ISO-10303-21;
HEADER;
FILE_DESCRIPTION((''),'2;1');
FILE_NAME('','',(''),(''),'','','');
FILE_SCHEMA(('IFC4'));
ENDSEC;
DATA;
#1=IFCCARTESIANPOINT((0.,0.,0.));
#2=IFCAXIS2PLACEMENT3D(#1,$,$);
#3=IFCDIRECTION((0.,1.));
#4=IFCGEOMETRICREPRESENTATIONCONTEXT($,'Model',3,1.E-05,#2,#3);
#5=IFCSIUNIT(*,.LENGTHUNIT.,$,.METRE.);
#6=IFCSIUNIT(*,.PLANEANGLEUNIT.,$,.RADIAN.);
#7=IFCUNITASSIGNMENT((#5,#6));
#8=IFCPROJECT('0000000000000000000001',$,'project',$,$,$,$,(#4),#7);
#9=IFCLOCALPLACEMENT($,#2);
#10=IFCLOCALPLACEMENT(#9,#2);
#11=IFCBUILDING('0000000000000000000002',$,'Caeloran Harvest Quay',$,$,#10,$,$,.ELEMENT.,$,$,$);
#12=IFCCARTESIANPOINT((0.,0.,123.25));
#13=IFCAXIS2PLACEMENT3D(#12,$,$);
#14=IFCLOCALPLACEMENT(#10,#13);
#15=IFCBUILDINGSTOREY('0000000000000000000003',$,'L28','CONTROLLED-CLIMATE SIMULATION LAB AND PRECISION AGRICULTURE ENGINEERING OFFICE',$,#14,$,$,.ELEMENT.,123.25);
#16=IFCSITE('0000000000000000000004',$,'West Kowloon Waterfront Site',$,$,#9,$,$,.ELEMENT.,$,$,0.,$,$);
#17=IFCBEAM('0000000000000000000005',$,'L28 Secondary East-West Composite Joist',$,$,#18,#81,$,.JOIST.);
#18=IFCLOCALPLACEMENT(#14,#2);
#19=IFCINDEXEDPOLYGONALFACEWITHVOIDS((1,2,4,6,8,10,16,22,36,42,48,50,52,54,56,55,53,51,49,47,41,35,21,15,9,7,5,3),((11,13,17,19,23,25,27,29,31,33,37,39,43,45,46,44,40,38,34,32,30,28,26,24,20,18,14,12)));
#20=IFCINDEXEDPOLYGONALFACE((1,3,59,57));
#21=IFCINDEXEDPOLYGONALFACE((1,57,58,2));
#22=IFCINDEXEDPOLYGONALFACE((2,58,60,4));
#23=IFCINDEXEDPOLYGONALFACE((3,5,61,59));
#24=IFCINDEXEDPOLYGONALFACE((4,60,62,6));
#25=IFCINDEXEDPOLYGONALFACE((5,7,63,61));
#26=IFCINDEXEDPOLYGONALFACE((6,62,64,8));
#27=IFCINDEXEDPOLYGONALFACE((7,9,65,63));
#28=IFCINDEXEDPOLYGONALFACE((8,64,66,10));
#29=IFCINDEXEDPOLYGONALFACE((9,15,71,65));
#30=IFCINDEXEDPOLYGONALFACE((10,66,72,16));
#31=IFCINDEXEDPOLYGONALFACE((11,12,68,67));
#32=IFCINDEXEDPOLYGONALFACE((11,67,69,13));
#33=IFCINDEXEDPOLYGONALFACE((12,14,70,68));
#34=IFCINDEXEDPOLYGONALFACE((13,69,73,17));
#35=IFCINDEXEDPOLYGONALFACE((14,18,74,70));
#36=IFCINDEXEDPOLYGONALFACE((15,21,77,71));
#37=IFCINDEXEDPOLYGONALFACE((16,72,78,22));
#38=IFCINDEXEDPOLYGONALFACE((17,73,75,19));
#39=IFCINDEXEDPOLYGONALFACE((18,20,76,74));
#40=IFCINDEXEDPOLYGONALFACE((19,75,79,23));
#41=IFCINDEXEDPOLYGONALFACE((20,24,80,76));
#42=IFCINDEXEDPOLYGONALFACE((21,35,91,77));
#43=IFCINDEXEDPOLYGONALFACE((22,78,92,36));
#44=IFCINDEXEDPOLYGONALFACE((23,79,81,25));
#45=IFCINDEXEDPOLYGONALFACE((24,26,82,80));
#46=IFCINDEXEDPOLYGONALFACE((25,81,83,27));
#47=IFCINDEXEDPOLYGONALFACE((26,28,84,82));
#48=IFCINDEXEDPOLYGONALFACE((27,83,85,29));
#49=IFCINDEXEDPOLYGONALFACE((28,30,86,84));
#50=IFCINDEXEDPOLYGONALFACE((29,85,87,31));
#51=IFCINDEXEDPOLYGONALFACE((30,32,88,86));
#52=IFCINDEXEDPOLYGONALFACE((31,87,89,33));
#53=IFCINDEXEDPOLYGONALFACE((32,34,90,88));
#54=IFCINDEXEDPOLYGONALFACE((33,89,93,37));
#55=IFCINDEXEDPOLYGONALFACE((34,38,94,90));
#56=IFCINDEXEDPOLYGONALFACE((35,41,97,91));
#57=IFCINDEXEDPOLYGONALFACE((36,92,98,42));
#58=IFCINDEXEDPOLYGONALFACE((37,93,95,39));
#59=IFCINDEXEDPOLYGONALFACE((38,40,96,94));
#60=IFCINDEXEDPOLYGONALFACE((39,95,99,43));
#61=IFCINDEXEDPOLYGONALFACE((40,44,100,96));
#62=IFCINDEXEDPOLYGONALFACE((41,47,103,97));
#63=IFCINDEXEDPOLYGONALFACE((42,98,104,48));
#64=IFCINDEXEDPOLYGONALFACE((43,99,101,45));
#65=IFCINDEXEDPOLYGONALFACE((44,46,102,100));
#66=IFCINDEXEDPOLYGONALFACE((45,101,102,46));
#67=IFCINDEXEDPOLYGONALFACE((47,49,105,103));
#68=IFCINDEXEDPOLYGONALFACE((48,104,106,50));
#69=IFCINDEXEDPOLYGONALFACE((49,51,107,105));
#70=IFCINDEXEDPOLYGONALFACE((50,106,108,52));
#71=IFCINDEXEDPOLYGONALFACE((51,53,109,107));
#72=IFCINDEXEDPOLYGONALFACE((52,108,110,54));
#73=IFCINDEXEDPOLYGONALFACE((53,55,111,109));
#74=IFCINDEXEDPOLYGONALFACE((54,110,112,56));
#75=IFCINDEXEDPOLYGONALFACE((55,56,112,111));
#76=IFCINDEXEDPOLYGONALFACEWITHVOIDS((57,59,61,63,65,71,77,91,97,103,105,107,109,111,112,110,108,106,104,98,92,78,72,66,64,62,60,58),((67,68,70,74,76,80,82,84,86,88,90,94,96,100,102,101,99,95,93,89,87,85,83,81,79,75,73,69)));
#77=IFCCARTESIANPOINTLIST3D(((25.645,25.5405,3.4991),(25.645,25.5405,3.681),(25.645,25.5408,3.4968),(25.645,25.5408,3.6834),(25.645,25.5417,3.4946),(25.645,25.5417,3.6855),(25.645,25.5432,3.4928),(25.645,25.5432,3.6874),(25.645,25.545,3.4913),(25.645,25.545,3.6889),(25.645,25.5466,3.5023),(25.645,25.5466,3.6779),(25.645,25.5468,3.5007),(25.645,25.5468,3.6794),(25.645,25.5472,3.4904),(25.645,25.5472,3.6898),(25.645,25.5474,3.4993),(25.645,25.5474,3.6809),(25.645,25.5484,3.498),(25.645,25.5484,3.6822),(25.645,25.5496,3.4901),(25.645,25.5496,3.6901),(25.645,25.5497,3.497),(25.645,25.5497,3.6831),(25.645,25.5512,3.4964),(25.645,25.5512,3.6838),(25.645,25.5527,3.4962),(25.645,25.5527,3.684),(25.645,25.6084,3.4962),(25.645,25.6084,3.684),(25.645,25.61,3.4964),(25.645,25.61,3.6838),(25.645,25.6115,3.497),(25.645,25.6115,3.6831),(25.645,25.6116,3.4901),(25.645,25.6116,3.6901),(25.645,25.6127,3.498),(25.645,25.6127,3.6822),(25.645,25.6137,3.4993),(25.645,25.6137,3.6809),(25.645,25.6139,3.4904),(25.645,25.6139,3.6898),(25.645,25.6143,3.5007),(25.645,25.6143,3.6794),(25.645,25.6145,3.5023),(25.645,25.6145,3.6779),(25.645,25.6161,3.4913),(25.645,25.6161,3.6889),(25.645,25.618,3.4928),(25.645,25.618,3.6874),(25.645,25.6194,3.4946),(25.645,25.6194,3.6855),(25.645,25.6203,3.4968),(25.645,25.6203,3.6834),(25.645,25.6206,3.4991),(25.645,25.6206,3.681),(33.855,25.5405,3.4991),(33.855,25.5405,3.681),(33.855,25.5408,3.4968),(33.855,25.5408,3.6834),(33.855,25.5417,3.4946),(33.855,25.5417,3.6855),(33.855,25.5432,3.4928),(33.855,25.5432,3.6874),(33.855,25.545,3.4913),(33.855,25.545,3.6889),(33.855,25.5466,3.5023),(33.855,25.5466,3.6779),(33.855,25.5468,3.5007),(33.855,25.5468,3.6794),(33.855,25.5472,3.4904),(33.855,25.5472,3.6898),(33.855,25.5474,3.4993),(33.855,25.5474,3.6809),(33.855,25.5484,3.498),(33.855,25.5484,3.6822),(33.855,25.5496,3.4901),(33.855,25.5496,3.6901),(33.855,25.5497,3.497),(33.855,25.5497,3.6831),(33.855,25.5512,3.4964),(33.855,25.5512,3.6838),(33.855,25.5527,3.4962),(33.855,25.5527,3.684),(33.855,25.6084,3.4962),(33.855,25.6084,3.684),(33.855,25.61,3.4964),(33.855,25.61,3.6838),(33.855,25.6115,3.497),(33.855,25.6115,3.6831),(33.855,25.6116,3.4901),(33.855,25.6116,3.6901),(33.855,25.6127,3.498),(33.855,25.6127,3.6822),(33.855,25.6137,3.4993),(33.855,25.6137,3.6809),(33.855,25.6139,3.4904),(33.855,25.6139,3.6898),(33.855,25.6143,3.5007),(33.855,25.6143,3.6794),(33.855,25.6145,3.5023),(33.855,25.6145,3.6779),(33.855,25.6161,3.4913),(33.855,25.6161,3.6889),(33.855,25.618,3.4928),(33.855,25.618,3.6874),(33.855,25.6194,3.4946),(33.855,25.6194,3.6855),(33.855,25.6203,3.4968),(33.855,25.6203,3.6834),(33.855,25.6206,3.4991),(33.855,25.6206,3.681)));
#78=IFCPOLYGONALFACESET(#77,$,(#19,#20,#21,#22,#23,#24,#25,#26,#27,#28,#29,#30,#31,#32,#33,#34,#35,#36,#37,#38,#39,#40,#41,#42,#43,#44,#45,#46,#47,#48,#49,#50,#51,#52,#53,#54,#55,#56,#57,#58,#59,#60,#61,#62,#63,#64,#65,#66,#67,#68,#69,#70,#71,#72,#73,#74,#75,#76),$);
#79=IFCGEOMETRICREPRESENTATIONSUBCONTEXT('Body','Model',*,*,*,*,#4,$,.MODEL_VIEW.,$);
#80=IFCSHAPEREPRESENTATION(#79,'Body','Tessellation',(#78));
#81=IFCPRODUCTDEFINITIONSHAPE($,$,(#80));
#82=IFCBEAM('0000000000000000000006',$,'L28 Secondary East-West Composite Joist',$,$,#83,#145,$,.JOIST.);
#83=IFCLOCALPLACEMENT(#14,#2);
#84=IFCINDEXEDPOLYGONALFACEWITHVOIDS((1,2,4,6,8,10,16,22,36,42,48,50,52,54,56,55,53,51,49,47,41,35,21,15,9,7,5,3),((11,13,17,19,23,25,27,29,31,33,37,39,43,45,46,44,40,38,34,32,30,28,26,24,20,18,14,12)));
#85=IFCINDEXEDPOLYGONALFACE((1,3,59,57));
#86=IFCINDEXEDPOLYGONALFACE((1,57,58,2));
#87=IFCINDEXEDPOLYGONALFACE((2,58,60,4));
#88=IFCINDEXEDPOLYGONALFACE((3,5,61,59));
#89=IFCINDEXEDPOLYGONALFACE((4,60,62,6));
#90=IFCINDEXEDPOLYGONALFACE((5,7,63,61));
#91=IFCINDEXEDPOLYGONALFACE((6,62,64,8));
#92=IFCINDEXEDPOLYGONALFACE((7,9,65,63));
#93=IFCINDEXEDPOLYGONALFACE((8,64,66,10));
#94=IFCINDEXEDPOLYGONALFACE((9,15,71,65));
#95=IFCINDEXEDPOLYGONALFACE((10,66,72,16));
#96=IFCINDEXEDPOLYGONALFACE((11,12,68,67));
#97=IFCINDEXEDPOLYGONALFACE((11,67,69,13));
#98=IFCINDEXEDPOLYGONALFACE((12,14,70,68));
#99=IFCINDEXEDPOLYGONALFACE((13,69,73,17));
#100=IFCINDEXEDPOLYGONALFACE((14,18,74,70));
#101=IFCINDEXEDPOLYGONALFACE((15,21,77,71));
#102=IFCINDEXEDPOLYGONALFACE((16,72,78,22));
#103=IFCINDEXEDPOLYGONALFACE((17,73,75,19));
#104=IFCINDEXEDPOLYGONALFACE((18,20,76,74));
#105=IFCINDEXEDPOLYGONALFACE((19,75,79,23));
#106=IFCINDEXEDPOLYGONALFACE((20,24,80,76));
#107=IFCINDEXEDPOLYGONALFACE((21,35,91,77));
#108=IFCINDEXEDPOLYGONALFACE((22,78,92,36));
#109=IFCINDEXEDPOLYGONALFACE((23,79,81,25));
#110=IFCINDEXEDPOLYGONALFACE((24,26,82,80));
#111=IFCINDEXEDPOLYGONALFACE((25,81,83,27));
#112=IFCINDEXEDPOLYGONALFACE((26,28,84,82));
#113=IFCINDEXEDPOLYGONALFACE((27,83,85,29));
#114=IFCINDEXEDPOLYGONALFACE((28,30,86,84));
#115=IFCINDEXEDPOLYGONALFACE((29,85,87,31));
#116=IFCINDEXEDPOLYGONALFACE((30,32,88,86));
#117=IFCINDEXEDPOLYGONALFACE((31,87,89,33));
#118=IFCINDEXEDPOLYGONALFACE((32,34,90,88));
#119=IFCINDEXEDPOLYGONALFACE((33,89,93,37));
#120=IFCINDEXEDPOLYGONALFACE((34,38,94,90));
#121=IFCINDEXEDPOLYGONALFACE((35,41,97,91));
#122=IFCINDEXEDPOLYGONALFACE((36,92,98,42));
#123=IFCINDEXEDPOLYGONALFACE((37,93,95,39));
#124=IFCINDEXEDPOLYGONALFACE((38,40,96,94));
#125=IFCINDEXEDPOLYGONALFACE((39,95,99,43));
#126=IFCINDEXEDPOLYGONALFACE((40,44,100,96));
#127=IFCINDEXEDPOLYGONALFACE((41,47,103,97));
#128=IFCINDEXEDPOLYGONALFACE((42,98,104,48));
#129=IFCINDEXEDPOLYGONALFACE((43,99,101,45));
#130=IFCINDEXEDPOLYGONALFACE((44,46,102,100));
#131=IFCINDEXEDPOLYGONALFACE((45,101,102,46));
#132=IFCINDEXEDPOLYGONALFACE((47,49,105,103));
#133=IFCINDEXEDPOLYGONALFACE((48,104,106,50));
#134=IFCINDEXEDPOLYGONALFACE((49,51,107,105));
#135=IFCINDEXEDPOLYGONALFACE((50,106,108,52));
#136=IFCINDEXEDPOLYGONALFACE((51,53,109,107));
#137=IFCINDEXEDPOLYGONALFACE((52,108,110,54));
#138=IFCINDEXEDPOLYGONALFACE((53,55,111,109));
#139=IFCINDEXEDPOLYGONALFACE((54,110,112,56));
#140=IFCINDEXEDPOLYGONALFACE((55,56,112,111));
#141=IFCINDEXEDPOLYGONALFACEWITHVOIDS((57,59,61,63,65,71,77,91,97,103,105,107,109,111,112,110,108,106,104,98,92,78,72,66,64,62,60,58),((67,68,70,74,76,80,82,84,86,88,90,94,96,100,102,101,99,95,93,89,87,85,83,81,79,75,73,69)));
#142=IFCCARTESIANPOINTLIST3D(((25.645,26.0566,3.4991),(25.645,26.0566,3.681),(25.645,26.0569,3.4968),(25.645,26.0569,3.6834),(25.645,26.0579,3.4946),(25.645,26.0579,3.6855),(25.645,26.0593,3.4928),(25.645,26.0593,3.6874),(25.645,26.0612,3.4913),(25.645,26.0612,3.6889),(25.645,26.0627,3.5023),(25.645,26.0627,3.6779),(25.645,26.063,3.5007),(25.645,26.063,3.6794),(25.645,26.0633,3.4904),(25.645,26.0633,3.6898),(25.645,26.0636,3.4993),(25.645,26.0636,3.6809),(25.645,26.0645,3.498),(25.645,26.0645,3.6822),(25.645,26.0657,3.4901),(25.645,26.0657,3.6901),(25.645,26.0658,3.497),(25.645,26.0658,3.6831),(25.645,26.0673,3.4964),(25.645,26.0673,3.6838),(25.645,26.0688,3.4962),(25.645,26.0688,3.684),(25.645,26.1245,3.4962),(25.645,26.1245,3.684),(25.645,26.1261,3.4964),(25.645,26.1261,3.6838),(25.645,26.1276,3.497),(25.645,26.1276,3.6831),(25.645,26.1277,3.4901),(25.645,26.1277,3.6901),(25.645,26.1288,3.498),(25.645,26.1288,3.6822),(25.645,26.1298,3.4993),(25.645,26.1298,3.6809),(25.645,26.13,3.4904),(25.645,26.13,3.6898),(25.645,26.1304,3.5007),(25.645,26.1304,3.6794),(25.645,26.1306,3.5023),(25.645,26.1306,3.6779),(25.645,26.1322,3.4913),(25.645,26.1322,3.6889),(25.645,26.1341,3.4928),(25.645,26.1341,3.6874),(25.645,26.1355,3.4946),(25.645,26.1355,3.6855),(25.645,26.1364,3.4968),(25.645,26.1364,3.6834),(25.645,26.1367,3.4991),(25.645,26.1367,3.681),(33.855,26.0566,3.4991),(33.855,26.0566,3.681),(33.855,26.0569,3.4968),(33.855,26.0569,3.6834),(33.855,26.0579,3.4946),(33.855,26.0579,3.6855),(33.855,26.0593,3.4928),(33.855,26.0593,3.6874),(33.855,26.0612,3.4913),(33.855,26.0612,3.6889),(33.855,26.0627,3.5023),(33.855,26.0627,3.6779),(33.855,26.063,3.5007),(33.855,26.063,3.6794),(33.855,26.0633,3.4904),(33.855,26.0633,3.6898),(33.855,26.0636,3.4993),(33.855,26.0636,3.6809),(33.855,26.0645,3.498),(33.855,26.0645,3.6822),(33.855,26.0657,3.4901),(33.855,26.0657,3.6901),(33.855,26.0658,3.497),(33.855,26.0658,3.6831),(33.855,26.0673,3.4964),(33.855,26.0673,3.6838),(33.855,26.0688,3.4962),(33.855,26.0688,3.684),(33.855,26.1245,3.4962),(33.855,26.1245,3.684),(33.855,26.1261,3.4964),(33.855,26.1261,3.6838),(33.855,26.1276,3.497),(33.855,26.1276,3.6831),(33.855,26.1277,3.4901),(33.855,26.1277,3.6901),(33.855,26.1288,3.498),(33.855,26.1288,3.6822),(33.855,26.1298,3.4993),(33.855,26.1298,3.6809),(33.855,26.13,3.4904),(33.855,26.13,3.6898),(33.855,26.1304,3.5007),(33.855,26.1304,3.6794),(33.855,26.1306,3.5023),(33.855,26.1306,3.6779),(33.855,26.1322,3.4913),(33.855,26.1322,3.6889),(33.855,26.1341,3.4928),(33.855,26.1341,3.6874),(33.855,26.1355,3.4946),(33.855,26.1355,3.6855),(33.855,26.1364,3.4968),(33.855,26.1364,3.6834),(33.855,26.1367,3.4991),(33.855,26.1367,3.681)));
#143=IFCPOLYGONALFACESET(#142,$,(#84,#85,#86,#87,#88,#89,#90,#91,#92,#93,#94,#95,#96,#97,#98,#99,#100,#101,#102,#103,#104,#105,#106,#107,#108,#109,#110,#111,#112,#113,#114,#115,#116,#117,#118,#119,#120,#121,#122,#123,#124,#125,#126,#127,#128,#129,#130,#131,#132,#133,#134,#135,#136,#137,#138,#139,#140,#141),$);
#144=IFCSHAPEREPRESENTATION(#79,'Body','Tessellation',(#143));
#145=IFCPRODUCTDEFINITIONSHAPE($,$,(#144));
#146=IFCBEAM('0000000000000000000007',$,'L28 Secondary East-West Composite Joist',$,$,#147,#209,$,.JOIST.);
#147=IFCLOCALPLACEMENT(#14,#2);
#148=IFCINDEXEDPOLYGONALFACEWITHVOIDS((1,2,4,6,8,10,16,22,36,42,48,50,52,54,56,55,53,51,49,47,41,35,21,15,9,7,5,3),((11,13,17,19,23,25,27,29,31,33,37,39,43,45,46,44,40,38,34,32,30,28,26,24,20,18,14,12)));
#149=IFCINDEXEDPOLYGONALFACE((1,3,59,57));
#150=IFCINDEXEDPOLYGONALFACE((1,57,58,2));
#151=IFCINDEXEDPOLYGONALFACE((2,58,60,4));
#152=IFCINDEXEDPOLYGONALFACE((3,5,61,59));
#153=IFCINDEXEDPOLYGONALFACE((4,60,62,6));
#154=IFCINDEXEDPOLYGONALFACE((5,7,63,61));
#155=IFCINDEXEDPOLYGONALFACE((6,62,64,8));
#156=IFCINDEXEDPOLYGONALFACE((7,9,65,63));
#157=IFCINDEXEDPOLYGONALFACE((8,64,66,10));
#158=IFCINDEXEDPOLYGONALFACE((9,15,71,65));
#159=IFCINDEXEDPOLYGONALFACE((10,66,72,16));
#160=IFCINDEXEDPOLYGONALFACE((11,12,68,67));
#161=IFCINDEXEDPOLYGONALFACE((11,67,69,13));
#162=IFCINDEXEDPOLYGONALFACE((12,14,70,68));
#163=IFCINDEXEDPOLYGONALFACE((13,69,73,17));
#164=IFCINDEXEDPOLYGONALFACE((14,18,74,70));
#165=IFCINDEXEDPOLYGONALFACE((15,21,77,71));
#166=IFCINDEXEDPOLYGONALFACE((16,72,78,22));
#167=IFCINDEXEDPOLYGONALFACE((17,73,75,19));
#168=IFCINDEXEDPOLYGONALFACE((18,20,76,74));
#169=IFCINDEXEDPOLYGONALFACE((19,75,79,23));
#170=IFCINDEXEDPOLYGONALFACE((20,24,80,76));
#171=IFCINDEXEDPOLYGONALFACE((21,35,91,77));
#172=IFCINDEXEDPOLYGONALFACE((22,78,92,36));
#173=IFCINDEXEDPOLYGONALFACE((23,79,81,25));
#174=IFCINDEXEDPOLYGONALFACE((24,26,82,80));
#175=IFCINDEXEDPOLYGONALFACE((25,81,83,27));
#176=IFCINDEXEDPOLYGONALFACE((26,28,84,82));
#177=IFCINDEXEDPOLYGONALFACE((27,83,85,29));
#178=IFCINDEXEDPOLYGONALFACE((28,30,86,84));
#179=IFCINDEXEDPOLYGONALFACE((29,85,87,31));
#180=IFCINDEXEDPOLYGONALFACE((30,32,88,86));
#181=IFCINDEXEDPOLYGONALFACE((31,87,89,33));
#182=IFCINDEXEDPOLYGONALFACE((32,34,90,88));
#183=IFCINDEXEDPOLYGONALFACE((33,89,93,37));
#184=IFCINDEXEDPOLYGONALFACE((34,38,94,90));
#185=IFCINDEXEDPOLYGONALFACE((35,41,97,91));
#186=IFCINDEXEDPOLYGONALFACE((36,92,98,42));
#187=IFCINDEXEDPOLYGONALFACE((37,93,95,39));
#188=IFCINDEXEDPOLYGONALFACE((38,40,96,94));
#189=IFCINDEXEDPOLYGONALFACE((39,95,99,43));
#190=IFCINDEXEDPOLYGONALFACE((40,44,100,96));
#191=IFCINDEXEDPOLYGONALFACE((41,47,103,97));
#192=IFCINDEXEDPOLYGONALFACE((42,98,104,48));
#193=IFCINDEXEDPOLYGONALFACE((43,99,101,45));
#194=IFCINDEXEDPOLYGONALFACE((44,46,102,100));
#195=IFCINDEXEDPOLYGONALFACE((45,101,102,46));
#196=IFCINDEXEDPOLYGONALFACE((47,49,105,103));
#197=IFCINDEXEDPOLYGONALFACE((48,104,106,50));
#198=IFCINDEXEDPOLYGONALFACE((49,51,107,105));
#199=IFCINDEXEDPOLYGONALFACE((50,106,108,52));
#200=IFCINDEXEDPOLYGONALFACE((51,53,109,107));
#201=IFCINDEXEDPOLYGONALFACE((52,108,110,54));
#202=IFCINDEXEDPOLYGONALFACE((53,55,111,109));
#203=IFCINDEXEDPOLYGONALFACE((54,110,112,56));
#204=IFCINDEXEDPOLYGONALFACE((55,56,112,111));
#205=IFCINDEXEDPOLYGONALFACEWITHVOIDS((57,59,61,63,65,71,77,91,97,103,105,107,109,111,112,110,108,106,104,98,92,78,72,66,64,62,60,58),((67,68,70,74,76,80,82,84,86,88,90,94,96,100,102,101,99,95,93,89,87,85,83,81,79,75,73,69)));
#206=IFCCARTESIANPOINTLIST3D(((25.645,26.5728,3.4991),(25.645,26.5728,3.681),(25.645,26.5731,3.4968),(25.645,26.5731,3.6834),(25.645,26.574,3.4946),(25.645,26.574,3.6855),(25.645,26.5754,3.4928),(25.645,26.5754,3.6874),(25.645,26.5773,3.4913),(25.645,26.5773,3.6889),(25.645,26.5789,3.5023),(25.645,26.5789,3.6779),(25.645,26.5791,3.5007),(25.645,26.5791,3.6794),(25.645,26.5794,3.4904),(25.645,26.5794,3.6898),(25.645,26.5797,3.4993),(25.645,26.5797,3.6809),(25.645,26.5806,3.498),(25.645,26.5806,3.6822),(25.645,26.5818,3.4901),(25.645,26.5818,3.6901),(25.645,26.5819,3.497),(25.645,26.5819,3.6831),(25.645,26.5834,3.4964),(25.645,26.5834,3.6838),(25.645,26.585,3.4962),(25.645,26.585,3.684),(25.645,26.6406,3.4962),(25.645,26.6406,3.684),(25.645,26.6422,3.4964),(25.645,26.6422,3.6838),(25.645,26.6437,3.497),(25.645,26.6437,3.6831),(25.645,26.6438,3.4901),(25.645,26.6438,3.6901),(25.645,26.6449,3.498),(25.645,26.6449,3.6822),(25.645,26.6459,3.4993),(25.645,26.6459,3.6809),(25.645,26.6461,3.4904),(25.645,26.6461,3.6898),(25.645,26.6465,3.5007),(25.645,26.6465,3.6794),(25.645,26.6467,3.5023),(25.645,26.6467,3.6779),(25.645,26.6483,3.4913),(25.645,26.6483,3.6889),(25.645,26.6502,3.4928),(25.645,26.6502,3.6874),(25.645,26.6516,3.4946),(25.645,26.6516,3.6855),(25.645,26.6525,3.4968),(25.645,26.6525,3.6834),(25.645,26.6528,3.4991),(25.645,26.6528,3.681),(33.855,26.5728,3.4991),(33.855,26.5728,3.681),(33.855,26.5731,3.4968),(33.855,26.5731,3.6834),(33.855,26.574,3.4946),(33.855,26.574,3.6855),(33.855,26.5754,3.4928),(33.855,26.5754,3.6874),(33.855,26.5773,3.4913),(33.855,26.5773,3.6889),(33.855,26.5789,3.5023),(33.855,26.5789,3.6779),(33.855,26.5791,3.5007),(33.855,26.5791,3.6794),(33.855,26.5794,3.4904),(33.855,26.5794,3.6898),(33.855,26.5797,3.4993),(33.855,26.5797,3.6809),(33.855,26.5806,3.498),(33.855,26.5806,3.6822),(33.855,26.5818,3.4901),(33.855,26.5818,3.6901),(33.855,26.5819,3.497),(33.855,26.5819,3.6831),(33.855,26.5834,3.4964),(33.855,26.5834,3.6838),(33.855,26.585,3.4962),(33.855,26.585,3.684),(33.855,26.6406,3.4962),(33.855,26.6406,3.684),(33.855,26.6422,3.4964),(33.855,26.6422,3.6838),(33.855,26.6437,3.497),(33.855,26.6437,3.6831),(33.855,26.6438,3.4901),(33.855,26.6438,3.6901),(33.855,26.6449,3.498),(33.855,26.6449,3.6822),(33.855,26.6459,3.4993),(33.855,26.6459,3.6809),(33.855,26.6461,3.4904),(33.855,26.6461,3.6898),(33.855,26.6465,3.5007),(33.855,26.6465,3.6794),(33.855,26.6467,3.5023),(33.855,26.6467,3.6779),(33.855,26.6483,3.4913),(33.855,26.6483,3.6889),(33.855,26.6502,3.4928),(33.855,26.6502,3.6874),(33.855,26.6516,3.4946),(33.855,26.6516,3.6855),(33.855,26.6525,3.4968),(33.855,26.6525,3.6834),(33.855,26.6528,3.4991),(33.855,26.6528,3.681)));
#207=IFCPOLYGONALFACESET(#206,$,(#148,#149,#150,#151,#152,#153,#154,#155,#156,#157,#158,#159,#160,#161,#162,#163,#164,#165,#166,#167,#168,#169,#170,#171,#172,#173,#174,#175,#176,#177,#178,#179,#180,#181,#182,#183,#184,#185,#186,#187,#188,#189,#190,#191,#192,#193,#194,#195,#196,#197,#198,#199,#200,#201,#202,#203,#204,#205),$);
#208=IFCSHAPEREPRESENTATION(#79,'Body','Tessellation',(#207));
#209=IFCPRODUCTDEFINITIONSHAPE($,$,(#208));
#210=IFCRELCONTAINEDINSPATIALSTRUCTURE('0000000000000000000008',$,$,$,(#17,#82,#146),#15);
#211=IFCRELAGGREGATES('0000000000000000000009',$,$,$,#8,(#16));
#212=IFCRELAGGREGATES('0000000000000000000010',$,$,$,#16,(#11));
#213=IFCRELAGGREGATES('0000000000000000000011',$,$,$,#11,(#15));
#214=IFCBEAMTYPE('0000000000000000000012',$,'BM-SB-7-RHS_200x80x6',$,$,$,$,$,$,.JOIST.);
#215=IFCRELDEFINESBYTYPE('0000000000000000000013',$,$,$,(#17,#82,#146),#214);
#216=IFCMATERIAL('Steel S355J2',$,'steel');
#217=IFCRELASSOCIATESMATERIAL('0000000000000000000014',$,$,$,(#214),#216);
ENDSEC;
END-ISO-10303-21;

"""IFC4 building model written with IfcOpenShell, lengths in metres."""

from ifc_helpers import new_model, si_unit, direction, frame, origin, origin_2d, place, context, subcontext, project, spatial, hollow_rectangle, extrude, material, material_profile, profile_set, type_object, element, save


model = new_model("IFC4")

# Units and contexts
model_context = context("Model", 3, precision=1e-05, world=origin(), true_north=direction((0.0, 1.0)))
body_context = subcontext(model_context, "Body", "Model", "MODEL_VIEW")
ifc_project = project(units=[si_unit("LENGTHUNIT", "METRE"), si_unit("PLANEANGLEUNIT", "RADIAN")], contexts=[model_context])

# Site, building, storey
site_placement = place(None, origin())
site = spatial("IfcSite", under=ifc_project, at=site_placement, Name="West Kowloon Waterfront Site", CompositionType="ELEMENT", RefElevation=0.0)
building_placement = place(site_placement, origin())
building = spatial("IfcBuilding", under=site, at=building_placement, Name="Caeloran Harvest Quay", CompositionType="ELEMENT")
storey_placement = place(building_placement, frame((0.0, 0.0, 123.25)))
storey = spatial("IfcBuildingStorey", under=building, at=storey_placement, Name="L28", Description="CONTROLLED-CLIMATE SIMULATION LAB AND PRECISION AGRICULTURE ENGINEERING OFFICE", CompositionType="ELEMENT", Elevation=123.25)

# Beams
ifc_material = material(Name="Steel S355J2", Category="steel")
ifc_material_profile_1 = material_profile(ifc_material, hollow_rectangle(XDim=0.0801, YDim=0.2, WallThickness=0.0061, InnerFilletRadius=0.0061, OuterFilletRadius=0.009, at=origin_2d()), Name="RHS 200x80x6")
ifc_profile_set_1 = profile_set([ifc_material_profile_1], Name="Steel S355J2")
beam_type_1 = type_object("IfcBeamType", Name="BM-SB-7-RHS_200x80x6", PredefinedType="JOIST", material=ifc_profile_set_1)
for number, where, z_axis, x_axis, name in (
    (1, (25.645, 25.5806, 3.5901), (1.0, 0.0, 0.0), (0.0, 1.0, 0.0), "L28 Secondary East-West Composite Joist"),
    (2, (25.645, 26.0967, 3.5901), (1.0, 0.0, 0.0), (0.0, 1.0, 0.0), "L28 Secondary East-West Composite Joist"),
    (3, (25.645, 26.6128, 3.5901), (1.0, 0.0, 0.0), (0.0, 1.0, 0.0), "L28 Secondary East-West Composite Joist"),
):
    element("IfcBeam", number, at=place(storey_placement, frame(where, z_axis=z_axis, x_axis=x_axis)), inside=storey, type_object=beam_type_1, Name=name, PredefinedType="JOIST", context=body_context, shape_type="SweptSolid", body=[
        extrude(hollow_rectangle(XDim=0.0801, YDim=0.2, WallThickness=0.0061, InnerFilletRadius=0.0061, OuterFilletRadius=0.009, at=origin_2d()), origin(), (0.0, 0.0, 1.0), 8.21),
    ])

save(model, "model.ifc")
